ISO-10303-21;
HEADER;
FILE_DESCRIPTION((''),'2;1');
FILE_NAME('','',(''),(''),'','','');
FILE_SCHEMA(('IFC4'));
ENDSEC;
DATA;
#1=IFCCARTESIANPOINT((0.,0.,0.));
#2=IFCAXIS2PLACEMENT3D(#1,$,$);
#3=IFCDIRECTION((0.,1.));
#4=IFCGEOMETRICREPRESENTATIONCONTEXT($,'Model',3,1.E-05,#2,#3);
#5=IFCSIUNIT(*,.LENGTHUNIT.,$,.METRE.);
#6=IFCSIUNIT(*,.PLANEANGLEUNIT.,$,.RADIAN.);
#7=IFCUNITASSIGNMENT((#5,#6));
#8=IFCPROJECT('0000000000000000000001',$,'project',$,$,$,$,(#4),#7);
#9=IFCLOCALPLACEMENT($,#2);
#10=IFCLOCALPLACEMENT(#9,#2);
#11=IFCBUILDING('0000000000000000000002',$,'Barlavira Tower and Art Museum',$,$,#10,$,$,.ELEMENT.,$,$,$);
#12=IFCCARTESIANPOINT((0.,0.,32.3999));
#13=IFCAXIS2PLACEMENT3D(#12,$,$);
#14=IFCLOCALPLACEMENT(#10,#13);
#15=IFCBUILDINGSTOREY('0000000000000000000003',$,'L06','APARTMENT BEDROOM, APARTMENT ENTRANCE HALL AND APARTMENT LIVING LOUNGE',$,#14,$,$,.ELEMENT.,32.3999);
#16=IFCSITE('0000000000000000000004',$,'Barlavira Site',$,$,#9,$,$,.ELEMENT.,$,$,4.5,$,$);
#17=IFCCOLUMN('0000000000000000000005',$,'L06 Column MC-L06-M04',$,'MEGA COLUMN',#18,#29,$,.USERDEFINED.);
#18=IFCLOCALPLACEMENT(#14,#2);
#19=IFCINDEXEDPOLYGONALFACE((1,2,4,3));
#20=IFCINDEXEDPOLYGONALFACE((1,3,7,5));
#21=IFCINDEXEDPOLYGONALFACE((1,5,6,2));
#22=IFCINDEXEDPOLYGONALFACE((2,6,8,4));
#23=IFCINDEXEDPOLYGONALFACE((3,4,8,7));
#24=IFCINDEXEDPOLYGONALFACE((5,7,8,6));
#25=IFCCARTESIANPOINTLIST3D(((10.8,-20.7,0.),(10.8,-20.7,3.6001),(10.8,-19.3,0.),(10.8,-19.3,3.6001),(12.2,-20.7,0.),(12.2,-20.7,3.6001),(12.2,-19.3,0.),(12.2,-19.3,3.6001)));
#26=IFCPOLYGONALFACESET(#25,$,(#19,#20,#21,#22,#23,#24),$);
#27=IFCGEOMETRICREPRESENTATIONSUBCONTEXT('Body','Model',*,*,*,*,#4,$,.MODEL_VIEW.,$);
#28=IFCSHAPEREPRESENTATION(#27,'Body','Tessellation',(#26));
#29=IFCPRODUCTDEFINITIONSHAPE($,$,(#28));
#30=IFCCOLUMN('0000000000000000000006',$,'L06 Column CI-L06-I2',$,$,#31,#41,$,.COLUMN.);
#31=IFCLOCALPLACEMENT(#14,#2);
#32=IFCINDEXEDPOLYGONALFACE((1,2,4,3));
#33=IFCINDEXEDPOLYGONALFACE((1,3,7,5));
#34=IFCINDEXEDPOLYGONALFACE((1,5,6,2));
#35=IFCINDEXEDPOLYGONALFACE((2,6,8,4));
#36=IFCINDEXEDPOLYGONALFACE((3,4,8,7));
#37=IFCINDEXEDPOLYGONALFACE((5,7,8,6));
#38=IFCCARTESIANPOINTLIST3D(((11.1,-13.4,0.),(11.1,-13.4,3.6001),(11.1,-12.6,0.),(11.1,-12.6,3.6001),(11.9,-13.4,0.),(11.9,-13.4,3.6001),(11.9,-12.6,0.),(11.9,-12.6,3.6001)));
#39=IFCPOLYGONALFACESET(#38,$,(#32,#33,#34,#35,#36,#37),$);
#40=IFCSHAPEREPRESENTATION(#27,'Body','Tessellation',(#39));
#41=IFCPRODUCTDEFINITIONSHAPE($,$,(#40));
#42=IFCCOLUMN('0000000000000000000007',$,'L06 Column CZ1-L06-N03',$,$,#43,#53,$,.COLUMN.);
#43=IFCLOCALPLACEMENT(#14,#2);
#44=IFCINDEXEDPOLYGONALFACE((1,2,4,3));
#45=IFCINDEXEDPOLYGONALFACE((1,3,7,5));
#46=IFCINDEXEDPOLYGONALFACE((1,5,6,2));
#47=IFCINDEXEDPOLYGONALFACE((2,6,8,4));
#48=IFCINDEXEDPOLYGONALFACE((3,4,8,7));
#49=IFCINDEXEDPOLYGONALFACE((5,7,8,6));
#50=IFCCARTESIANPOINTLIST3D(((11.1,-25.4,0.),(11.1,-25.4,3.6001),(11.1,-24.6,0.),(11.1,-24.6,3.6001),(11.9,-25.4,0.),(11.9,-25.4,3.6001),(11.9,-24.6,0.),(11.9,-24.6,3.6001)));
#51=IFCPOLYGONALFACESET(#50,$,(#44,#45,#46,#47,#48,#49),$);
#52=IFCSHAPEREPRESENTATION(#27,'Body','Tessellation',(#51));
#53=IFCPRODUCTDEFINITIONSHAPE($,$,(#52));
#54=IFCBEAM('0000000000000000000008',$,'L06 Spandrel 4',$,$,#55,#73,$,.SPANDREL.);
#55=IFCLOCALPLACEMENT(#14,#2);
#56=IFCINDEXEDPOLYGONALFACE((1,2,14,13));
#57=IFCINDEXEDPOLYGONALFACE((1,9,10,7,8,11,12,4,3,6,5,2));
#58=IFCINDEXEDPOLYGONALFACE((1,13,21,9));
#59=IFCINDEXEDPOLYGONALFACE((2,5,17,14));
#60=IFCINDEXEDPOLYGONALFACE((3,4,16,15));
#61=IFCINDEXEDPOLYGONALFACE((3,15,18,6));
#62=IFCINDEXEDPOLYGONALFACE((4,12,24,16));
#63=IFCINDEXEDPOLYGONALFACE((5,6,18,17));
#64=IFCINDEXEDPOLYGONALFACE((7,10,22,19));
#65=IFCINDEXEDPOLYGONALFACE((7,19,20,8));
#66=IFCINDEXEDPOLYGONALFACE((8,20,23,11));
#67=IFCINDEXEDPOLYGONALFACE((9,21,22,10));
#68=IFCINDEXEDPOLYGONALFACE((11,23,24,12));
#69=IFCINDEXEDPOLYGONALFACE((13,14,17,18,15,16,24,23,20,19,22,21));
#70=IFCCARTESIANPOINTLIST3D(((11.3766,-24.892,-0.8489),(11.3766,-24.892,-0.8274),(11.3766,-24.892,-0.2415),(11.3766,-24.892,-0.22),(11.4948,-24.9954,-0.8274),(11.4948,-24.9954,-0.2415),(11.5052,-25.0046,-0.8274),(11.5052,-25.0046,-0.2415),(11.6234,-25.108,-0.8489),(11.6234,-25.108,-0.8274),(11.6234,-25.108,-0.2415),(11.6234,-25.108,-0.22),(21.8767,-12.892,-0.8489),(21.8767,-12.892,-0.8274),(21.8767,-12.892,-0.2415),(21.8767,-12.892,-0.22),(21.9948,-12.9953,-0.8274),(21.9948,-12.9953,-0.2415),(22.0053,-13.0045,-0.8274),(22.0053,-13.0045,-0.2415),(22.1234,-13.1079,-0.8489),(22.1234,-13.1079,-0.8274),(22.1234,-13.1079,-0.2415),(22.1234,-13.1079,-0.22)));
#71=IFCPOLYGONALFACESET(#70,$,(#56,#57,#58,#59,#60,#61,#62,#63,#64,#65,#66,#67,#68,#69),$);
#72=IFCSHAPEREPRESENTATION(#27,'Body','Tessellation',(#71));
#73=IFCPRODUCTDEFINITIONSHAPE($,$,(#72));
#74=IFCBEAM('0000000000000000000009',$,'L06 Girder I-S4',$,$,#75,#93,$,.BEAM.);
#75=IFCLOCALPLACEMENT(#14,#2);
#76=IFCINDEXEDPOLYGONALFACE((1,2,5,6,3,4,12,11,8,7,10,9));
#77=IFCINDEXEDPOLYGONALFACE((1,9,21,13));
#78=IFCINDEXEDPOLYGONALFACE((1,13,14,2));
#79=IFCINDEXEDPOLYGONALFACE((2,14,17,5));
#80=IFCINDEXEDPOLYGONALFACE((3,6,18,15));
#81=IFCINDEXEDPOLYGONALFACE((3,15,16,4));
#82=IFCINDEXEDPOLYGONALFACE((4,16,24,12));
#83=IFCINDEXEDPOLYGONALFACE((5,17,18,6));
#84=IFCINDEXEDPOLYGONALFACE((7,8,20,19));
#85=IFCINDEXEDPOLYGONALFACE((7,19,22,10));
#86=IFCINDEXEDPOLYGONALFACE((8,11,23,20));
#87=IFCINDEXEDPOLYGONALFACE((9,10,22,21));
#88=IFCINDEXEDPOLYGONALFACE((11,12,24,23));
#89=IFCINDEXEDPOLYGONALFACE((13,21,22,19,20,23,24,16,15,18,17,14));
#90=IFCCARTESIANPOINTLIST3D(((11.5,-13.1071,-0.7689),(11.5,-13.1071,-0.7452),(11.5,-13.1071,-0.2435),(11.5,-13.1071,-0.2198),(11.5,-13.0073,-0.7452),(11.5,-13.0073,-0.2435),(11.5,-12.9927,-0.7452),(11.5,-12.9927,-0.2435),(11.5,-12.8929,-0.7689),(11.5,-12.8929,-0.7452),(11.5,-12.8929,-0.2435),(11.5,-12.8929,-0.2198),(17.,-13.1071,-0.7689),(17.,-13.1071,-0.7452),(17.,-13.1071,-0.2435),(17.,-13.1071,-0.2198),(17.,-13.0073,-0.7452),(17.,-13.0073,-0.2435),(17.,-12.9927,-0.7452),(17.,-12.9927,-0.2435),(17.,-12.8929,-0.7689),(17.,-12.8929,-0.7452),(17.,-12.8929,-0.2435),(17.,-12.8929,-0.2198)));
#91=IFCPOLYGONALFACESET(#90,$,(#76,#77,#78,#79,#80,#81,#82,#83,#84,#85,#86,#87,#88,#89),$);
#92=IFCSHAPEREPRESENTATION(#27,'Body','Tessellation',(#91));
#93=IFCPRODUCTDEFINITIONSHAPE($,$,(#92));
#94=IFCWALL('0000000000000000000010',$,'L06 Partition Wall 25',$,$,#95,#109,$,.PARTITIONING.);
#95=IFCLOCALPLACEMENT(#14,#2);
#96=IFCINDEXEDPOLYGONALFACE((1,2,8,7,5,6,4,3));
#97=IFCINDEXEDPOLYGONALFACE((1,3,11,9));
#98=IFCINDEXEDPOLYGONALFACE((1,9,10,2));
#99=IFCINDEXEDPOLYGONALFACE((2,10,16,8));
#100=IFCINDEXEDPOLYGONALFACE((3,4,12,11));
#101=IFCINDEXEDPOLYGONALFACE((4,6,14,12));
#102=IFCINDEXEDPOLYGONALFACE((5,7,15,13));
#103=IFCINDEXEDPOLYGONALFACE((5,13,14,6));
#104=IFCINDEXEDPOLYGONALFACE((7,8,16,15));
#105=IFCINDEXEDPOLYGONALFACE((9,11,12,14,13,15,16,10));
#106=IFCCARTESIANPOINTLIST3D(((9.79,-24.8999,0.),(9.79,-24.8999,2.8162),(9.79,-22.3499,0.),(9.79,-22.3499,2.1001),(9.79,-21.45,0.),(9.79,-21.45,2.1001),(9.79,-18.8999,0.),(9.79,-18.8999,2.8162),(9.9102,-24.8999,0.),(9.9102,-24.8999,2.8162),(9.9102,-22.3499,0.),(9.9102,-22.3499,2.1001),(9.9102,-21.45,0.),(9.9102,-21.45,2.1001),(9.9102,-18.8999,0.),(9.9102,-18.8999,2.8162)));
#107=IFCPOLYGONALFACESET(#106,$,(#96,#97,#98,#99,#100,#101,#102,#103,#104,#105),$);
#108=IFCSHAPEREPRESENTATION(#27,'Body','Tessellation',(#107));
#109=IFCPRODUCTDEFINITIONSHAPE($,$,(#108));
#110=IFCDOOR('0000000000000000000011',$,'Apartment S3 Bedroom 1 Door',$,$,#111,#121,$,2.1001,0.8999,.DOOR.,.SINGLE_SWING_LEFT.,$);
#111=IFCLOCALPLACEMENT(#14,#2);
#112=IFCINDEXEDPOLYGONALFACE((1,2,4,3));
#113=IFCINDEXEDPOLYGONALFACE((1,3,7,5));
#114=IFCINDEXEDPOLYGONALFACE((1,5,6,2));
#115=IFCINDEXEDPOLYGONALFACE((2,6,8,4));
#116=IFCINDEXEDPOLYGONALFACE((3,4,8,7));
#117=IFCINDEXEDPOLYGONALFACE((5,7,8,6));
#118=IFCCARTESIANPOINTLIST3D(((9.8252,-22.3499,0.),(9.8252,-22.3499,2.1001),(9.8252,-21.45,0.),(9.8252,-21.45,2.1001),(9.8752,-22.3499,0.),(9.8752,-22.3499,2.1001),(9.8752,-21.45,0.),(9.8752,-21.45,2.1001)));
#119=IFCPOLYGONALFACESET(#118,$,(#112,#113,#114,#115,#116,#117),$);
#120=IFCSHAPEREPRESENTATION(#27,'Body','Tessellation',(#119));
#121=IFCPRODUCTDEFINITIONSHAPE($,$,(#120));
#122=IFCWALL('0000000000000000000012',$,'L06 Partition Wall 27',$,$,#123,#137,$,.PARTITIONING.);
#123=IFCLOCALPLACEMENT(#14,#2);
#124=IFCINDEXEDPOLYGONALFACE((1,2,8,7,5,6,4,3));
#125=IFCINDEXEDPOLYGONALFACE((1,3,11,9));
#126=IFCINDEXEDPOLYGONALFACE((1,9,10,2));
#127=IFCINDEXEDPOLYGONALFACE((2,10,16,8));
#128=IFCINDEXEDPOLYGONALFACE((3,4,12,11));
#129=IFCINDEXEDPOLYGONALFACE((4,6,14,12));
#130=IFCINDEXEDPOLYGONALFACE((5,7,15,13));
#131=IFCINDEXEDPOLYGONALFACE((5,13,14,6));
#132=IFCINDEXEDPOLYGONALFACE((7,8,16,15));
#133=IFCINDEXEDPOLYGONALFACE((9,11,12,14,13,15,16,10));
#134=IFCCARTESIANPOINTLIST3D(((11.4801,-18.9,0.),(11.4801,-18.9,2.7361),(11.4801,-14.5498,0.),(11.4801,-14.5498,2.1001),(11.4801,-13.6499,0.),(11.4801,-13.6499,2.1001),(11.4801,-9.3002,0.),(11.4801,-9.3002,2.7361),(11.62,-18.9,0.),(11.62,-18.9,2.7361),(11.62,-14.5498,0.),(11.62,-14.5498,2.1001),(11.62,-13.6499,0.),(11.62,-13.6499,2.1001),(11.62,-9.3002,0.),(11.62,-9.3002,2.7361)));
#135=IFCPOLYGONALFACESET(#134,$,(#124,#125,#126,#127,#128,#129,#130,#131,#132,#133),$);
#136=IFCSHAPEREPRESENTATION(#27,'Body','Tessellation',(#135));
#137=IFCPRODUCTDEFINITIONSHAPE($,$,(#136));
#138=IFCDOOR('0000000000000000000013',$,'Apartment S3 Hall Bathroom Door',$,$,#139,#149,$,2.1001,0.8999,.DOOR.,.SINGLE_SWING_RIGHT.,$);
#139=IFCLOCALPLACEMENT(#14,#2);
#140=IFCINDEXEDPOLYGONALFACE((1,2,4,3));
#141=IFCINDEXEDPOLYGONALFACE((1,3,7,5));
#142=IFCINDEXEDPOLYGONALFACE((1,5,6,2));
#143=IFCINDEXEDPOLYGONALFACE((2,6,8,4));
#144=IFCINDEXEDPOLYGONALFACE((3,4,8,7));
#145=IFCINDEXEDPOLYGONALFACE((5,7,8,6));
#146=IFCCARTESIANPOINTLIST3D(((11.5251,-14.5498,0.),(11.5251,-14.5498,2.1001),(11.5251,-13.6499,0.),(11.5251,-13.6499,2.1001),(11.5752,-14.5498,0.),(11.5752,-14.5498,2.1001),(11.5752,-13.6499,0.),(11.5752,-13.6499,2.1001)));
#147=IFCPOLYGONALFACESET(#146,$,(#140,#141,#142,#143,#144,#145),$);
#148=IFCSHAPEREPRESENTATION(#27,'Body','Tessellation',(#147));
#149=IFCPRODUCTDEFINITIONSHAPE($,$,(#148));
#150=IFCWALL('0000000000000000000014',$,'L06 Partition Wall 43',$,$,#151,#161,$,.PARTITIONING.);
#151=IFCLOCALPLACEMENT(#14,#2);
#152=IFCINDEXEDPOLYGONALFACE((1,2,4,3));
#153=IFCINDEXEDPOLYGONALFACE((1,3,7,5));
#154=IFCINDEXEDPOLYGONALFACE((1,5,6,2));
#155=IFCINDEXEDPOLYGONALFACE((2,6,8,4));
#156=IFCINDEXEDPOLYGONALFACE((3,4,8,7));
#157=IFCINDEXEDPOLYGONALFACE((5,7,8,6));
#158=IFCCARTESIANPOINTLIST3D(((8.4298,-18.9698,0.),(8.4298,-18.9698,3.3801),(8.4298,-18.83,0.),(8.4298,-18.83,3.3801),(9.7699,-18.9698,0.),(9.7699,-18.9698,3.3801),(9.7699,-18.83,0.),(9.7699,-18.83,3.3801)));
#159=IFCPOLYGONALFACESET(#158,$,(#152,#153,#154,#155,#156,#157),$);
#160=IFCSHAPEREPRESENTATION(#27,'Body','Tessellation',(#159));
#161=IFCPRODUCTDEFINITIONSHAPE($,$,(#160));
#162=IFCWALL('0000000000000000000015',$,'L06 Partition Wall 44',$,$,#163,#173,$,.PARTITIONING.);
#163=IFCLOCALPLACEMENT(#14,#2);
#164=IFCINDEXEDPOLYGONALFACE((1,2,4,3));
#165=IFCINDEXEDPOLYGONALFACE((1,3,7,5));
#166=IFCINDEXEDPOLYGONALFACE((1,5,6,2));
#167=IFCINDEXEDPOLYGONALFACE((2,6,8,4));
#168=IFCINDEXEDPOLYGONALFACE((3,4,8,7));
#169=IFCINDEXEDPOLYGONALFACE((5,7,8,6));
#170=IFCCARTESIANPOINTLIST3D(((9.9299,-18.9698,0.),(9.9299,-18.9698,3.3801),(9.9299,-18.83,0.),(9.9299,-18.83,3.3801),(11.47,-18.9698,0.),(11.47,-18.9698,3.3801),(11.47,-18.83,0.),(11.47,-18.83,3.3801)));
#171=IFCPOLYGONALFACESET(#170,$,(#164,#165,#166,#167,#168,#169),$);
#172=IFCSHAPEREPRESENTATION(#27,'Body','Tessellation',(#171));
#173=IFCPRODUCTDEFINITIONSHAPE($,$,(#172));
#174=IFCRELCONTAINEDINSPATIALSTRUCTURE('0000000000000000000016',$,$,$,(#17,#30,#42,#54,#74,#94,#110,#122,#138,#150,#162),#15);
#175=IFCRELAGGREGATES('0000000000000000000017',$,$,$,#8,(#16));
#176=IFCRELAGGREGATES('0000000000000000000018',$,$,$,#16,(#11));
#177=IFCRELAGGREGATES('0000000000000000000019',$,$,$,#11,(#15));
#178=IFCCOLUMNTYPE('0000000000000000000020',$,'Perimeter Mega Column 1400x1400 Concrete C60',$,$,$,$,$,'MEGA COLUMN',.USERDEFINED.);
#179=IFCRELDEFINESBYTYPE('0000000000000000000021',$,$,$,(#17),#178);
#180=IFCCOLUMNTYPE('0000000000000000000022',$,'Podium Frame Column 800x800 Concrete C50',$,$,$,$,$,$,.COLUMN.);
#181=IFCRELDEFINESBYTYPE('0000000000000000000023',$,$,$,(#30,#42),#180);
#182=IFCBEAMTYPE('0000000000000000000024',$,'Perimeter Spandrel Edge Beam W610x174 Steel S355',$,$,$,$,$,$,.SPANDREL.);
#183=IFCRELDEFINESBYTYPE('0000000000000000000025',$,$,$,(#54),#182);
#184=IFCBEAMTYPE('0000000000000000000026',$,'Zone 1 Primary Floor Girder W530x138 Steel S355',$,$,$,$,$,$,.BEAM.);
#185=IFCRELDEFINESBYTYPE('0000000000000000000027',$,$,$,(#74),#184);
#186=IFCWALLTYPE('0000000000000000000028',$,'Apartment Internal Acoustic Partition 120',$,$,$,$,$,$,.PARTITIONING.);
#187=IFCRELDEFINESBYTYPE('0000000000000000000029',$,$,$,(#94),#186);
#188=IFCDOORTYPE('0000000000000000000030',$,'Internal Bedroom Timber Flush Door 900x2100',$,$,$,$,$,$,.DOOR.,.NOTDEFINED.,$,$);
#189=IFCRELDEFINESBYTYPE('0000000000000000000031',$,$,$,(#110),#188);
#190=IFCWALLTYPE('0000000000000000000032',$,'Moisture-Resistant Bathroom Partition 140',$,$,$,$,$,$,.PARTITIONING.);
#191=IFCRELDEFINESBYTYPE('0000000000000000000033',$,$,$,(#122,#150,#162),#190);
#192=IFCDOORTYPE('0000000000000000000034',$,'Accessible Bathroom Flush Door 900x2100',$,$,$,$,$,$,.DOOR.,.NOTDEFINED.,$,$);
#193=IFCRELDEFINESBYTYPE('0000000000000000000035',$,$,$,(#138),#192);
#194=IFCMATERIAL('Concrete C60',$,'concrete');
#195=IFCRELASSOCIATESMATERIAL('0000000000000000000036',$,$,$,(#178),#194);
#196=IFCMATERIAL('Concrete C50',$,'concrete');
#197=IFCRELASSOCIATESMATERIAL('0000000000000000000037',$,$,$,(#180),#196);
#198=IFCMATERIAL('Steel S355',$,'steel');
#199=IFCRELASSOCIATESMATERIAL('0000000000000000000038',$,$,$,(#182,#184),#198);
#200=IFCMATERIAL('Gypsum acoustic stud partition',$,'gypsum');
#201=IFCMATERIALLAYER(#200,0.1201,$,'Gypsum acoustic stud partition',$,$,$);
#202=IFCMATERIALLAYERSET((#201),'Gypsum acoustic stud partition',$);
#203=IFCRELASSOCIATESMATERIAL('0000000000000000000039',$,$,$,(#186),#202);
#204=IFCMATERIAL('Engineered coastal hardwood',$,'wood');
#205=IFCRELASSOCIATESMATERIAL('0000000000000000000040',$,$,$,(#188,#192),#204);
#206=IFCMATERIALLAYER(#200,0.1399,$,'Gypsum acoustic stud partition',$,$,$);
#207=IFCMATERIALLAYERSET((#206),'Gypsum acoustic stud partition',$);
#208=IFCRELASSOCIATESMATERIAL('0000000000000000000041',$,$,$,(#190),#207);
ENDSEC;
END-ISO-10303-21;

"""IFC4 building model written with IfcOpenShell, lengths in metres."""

from ifc_helpers import new_model, si_unit, direction, frame, frame_2d, origin, origin_2d, place, context, subcontext, project, spatial, rectangle, i_section, extrude, material, layer, layer_set, material_profile, profile_set, type_object, element, fill, save


model = new_model("IFC4")

# Units and contexts
model_context = context("Model", 3, precision=1e-05, world=origin(), true_north=direction((0.0, 1.0)))
body_context = subcontext(model_context, "Body", "Model", "MODEL_VIEW")
ifc_project = project(units=[si_unit("LENGTHUNIT", "METRE"), si_unit("PLANEANGLEUNIT", "RADIAN")], contexts=[model_context])

# Site, building, storey
site_placement = place(None, origin())
site = spatial("IfcSite", under=ifc_project, at=site_placement, Name="Barlavira Site", CompositionType="ELEMENT", RefElevation=4.5)
building_placement = place(site_placement, origin())
building = spatial("IfcBuilding", under=site, at=building_placement, Name="Barlavira Tower and Art Museum", CompositionType="ELEMENT")
storey_placement = place(building_placement, frame((0.0, 0.0, 32.3999)))
storey = spatial("IfcBuildingStorey", under=building, at=storey_placement, Name="L06", Description="APARTMENT BEDROOM, APARTMENT ENTRANCE HALL AND APARTMENT LIVING LOUNGE", CompositionType="ELEMENT", Elevation=32.3999)

# Columns
ifc_material_1 = material(Name="Concrete C60", Category="concrete")
ifc_material_profile_1 = material_profile(ifc_material_1, rectangle(XDim=1.3999, YDim=1.3999, at=origin_2d()), Name="RC-MCOL 1400x1400")
ifc_profile_set_1 = profile_set([ifc_material_profile_1], Name="Concrete C60")
column_type_1 = type_object("IfcColumnType", Name="Perimeter Mega Column 1400x1400 Concrete C60", ElementType="MEGA COLUMN", PredefinedType="USERDEFINED", material=ifc_profile_set_1)
column_placement = place(storey_placement, frame((11.5, -20.0, 0.0), z_axis=(0.0, 0.0, 1.0), x_axis=(1.0, 0.0, 0.0)))
element("IfcColumn", 1, at=column_placement, inside=storey, type_object=column_type_1, Name="L06 Column MC-L06-M04", ObjectType="MEGA COLUMN", PredefinedType="USERDEFINED", context=body_context, shape_type="SweptSolid", body=[
    extrude(rectangle(XDim=1.3999, YDim=1.3999, at=origin_2d()), origin(), (0.0, 0.0, 1.0), 3.6001),
])
ifc_material_2 = material(Name="Concrete C50", Category="concrete")
ifc_material_profile_2 = material_profile(ifc_material_2, rectangle(XDim=0.8, YDim=0.8, at=origin_2d()), Name="RC-COL 800x800")
ifc_profile_set_2 = profile_set([ifc_material_profile_2], Name="Concrete C50")
column_type_2 = type_object("IfcColumnType", Name="Podium Frame Column 800x800 Concrete C50", PredefinedType="COLUMN", material=ifc_profile_set_2)
for number, where, z_axis, x_axis, name in (
    (2, (11.5, -13.0, 0.0), (0.0, 0.0, 1.0), (1.0, 0.0, 0.0), "L06 Column CI-L06-I2"),
    (3, (11.5, -25.0, 0.0), (0.0, 0.0, 1.0), (1.0, 0.0, 0.0), "L06 Column CZ1-L06-N03"),
):
    element("IfcColumn", number, at=place(storey_placement, frame(where, z_axis=z_axis, x_axis=x_axis)), inside=storey, type_object=column_type_2, Name=name, PredefinedType="COLUMN", context=body_context, shape_type="SweptSolid", body=[
        extrude(rectangle(XDim=0.8, YDim=0.8, at=origin_2d()), origin(), (0.0, 0.0, 1.0), 3.6001),
    ])

# Beams
ifc_material_3 = material(Name="Steel S355", Category="steel")
ifc_material_profile_3 = material_profile(ifc_material_3, i_section(OverallWidth=0.3279, OverallDepth=0.6289, WebThickness=0.0139, FlangeThickness=0.0215, at=origin_2d()), Name="W610x174.0")
ifc_profile_set_3 = profile_set([ifc_material_profile_3], Name="Steel S355")
beam_type_1 = type_object("IfcBeamType", Name="Perimeter Spandrel Edge Beam W610x174 Steel S355", PredefinedType="SPANDREL", material=ifc_profile_set_3)
beam_1_placement = place(storey_placement, frame((11.5, -25.0, -0.5344), z_axis=(0.658505, 0.752577, 0.0), x_axis=(-0.752577, 0.658505, 0.0)))
element("IfcBeam", 4, at=beam_1_placement, inside=storey, type_object=beam_type_1, Name="L06 Spandrel 4", PredefinedType="SPANDREL", context=body_context, shape_type="SweptSolid", body=[
    extrude(i_section(OverallWidth=0.3279, OverallDepth=0.6289, WebThickness=0.0139, FlangeThickness=0.0215, at=origin_2d()), origin(), (0.0, 0.0, 1.0), 15.9453),
])
ifc_material_profile_4 = material_profile(ifc_material_3, i_section(OverallWidth=0.2141, OverallDepth=0.5491, WebThickness=0.0146, FlangeThickness=0.0237, at=origin_2d()), Name="W530x138.0")
ifc_profile_set_4 = profile_set([ifc_material_profile_4], Name="Steel S355")
beam_type_2 = type_object("IfcBeamType", Name="Zone 1 Primary Floor Girder W530x138 Steel S355", PredefinedType="BEAM", material=ifc_profile_set_4)
beam_2_placement = place(storey_placement, frame((11.5, -13.0, -0.4944), z_axis=(1.0, 0.0, 0.0), x_axis=(0.0, 1.0, 0.0)))
element("IfcBeam", 5, at=beam_2_placement, inside=storey, type_object=beam_type_2, Name="L06 Girder I-S4", PredefinedType="BEAM", context=body_context, shape_type="SweptSolid", body=[
    extrude(i_section(OverallWidth=0.2141, OverallDepth=0.5491, WebThickness=0.0146, FlangeThickness=0.0237, at=origin_2d()), origin(), (0.0, 0.0, 1.0), 5.5),
])

# Walls, openings, doors
ifc_material_4 = material(Name="Gypsum acoustic stud partition", Category="gypsum")
ifc_layer_1 = layer(ifc_material_4, 0.1201, Name="Gypsum acoustic stud partition")
ifc_layer_set_1 = layer_set([ifc_layer_1], Name="Gypsum acoustic stud partition")
wall_type_1 = type_object("IfcWallType", Name="Apartment Internal Acoustic Partition 120", PredefinedType="PARTITIONING", material=ifc_layer_set_1)
wall_1_placement = place(storey_placement, frame((9.8501, -24.8999, 0.0), z_axis=(0.0, 0.0, 1.0), x_axis=(0.0, 1.0, 0.0)))
wall_1 = element("IfcWall", 6, at=wall_1_placement, inside=storey, type_object=wall_type_1, Name="L06 Partition Wall 25", PredefinedType="PARTITIONING", context=body_context, shape_type="SweptSolid", body=[
    extrude(rectangle(XDim=6.0, YDim=0.1201, at=frame_2d((3.0, 0.0))), origin(), (0.0, 0.0, 1.0), 2.8162),
])
opening_1_placement = place(wall_1_placement, frame((2.55, 0.0, 0.0)))
opening_1 = element("IfcOpeningElement", 7, at=opening_1_placement, cuts=wall_1, PredefinedType="OPENING", context=body_context, shape_type="SweptSolid", body=[
    extrude(rectangle(XDim=0.8999, YDim=2.1001, at=frame_2d((0.45, 1.05))), frame((0.0, 0.0701, 0.0), z_axis=(0.0, -1.0, 0.0), x_axis=(1.0, 0.0, 0.0)), (0.0, 0.0, 1.0), 0.1401),
])
ifc_material_5 = material(Name="Engineered coastal hardwood", Category="wood")
door_type_1 = type_object("IfcDoorType", Name="Internal Bedroom Timber Flush Door 900x2100", OperationType="NOTDEFINED", PredefinedType="DOOR", material=ifc_material_5)
door_1_placement = place(opening_1_placement, origin())
door_1 = element("IfcDoor", 8, at=door_1_placement, inside=storey, type_object=door_type_1, Name="Apartment S3 Bedroom 1 Door", OperationType="SINGLE_SWING_LEFT", OverallHeight=2.1001, OverallWidth=0.8999, PredefinedType="DOOR", context=body_context, shape_type="SweptSolid", body=[
    extrude(rectangle(XDim=0.8999, YDim=2.1001, at=frame_2d((0.45, 1.05))), frame((0.0, 0.0249, 0.0), z_axis=(0.0, -1.0, 0.0), x_axis=(1.0, 0.0, 0.0)), (0.0, 0.0, 1.0), 0.05),
])
fill(opening_1, door_1)
ifc_layer_2 = layer(ifc_material_4, 0.1399, Name="Gypsum acoustic stud partition")
ifc_layer_set_2 = layer_set([ifc_layer_2], Name="Gypsum acoustic stud partition")
wall_type_2 = type_object("IfcWallType", Name="Moisture-Resistant Bathroom Partition 140", PredefinedType="PARTITIONING", material=ifc_layer_set_2)
wall_2_placement = place(storey_placement, frame((11.55, -18.8999, 0.0), z_axis=(0.0, 0.0, 1.0), x_axis=(0.0, 1.0, 0.0)))
wall_2 = element("IfcWall", 9, at=wall_2_placement, inside=storey, type_object=wall_type_2, Name="L06 Partition Wall 27", PredefinedType="PARTITIONING", context=body_context, shape_type="SweptSolid", body=[
    extrude(rectangle(XDim=9.5999, YDim=0.1399, at=frame_2d((4.7998, 0.0))), origin(), (0.0, 0.0, 1.0), 2.7361),
])
opening_2_placement = place(wall_2_placement, frame((4.3501, 0.0, 0.0)))
opening_2 = element("IfcOpeningElement", 10, at=opening_2_placement, cuts=wall_2, PredefinedType="OPENING", context=body_context, shape_type="SweptSolid", body=[
    extrude(rectangle(XDim=0.8999, YDim=2.1001, at=frame_2d((0.45, 1.05))), frame((0.0, 0.0801, 0.0), z_axis=(0.0, -1.0, 0.0), x_axis=(1.0, 0.0, 0.0)), (0.0, 0.0, 1.0), 0.1599),
])
door_type_2 = type_object("IfcDoorType", Name="Accessible Bathroom Flush Door 900x2100", OperationType="NOTDEFINED", PredefinedType="DOOR", material=ifc_material_5)
door_2_placement = place(opening_2_placement, origin())
door_2 = element("IfcDoor", 11, at=door_2_placement, inside=storey, type_object=door_type_2, Name="Apartment S3 Hall Bathroom Door", OperationType="SINGLE_SWING_RIGHT", OverallHeight=2.1001, OverallWidth=0.8999, PredefinedType="DOOR", context=body_context, shape_type="SweptSolid", body=[
    extrude(rectangle(XDim=0.8999, YDim=2.1001, at=frame_2d((0.45, 1.05))), frame((0.0, 0.0249, 0.0), z_axis=(0.0, -1.0, 0.0), x_axis=(1.0, 0.0, 0.0)), (0.0, 0.0, 1.0), 0.05),
])
fill(opening_2, door_2)

# Walls
wall_3_placement = place(storey_placement, frame((8.4299, -18.8999, 0.0), z_axis=(0.0, 0.0, 1.0), x_axis=(1.0, 0.0, 0.0)))
element("IfcWall", 12, at=wall_3_placement, inside=storey, type_object=wall_type_2, Name="L06 Partition Wall 43", PredefinedType="PARTITIONING", context=body_context, shape_type="SweptSolid", body=[
    extrude(rectangle(XDim=1.3401, YDim=0.1399, at=frame_2d((0.6699, 0.0))), origin(), (0.0, 0.0, 1.0), 3.3801),
])
wall_4_placement = place(storey_placement, frame((9.9299, -18.8999, 0.0), z_axis=(0.0, 0.0, 1.0), x_axis=(1.0, 0.0, 0.0)))
element("IfcWall", 13, at=wall_4_placement, inside=storey, type_object=wall_type_2, Name="L06 Partition Wall 44", PredefinedType="PARTITIONING", context=body_context, shape_type="SweptSolid", body=[
    extrude(rectangle(XDim=1.54, YDim=0.1399, at=frame_2d((0.77, 0.0))), origin(), (0.0, 0.0, 1.0), 3.3801),
])

save(model, "model.ifc")
